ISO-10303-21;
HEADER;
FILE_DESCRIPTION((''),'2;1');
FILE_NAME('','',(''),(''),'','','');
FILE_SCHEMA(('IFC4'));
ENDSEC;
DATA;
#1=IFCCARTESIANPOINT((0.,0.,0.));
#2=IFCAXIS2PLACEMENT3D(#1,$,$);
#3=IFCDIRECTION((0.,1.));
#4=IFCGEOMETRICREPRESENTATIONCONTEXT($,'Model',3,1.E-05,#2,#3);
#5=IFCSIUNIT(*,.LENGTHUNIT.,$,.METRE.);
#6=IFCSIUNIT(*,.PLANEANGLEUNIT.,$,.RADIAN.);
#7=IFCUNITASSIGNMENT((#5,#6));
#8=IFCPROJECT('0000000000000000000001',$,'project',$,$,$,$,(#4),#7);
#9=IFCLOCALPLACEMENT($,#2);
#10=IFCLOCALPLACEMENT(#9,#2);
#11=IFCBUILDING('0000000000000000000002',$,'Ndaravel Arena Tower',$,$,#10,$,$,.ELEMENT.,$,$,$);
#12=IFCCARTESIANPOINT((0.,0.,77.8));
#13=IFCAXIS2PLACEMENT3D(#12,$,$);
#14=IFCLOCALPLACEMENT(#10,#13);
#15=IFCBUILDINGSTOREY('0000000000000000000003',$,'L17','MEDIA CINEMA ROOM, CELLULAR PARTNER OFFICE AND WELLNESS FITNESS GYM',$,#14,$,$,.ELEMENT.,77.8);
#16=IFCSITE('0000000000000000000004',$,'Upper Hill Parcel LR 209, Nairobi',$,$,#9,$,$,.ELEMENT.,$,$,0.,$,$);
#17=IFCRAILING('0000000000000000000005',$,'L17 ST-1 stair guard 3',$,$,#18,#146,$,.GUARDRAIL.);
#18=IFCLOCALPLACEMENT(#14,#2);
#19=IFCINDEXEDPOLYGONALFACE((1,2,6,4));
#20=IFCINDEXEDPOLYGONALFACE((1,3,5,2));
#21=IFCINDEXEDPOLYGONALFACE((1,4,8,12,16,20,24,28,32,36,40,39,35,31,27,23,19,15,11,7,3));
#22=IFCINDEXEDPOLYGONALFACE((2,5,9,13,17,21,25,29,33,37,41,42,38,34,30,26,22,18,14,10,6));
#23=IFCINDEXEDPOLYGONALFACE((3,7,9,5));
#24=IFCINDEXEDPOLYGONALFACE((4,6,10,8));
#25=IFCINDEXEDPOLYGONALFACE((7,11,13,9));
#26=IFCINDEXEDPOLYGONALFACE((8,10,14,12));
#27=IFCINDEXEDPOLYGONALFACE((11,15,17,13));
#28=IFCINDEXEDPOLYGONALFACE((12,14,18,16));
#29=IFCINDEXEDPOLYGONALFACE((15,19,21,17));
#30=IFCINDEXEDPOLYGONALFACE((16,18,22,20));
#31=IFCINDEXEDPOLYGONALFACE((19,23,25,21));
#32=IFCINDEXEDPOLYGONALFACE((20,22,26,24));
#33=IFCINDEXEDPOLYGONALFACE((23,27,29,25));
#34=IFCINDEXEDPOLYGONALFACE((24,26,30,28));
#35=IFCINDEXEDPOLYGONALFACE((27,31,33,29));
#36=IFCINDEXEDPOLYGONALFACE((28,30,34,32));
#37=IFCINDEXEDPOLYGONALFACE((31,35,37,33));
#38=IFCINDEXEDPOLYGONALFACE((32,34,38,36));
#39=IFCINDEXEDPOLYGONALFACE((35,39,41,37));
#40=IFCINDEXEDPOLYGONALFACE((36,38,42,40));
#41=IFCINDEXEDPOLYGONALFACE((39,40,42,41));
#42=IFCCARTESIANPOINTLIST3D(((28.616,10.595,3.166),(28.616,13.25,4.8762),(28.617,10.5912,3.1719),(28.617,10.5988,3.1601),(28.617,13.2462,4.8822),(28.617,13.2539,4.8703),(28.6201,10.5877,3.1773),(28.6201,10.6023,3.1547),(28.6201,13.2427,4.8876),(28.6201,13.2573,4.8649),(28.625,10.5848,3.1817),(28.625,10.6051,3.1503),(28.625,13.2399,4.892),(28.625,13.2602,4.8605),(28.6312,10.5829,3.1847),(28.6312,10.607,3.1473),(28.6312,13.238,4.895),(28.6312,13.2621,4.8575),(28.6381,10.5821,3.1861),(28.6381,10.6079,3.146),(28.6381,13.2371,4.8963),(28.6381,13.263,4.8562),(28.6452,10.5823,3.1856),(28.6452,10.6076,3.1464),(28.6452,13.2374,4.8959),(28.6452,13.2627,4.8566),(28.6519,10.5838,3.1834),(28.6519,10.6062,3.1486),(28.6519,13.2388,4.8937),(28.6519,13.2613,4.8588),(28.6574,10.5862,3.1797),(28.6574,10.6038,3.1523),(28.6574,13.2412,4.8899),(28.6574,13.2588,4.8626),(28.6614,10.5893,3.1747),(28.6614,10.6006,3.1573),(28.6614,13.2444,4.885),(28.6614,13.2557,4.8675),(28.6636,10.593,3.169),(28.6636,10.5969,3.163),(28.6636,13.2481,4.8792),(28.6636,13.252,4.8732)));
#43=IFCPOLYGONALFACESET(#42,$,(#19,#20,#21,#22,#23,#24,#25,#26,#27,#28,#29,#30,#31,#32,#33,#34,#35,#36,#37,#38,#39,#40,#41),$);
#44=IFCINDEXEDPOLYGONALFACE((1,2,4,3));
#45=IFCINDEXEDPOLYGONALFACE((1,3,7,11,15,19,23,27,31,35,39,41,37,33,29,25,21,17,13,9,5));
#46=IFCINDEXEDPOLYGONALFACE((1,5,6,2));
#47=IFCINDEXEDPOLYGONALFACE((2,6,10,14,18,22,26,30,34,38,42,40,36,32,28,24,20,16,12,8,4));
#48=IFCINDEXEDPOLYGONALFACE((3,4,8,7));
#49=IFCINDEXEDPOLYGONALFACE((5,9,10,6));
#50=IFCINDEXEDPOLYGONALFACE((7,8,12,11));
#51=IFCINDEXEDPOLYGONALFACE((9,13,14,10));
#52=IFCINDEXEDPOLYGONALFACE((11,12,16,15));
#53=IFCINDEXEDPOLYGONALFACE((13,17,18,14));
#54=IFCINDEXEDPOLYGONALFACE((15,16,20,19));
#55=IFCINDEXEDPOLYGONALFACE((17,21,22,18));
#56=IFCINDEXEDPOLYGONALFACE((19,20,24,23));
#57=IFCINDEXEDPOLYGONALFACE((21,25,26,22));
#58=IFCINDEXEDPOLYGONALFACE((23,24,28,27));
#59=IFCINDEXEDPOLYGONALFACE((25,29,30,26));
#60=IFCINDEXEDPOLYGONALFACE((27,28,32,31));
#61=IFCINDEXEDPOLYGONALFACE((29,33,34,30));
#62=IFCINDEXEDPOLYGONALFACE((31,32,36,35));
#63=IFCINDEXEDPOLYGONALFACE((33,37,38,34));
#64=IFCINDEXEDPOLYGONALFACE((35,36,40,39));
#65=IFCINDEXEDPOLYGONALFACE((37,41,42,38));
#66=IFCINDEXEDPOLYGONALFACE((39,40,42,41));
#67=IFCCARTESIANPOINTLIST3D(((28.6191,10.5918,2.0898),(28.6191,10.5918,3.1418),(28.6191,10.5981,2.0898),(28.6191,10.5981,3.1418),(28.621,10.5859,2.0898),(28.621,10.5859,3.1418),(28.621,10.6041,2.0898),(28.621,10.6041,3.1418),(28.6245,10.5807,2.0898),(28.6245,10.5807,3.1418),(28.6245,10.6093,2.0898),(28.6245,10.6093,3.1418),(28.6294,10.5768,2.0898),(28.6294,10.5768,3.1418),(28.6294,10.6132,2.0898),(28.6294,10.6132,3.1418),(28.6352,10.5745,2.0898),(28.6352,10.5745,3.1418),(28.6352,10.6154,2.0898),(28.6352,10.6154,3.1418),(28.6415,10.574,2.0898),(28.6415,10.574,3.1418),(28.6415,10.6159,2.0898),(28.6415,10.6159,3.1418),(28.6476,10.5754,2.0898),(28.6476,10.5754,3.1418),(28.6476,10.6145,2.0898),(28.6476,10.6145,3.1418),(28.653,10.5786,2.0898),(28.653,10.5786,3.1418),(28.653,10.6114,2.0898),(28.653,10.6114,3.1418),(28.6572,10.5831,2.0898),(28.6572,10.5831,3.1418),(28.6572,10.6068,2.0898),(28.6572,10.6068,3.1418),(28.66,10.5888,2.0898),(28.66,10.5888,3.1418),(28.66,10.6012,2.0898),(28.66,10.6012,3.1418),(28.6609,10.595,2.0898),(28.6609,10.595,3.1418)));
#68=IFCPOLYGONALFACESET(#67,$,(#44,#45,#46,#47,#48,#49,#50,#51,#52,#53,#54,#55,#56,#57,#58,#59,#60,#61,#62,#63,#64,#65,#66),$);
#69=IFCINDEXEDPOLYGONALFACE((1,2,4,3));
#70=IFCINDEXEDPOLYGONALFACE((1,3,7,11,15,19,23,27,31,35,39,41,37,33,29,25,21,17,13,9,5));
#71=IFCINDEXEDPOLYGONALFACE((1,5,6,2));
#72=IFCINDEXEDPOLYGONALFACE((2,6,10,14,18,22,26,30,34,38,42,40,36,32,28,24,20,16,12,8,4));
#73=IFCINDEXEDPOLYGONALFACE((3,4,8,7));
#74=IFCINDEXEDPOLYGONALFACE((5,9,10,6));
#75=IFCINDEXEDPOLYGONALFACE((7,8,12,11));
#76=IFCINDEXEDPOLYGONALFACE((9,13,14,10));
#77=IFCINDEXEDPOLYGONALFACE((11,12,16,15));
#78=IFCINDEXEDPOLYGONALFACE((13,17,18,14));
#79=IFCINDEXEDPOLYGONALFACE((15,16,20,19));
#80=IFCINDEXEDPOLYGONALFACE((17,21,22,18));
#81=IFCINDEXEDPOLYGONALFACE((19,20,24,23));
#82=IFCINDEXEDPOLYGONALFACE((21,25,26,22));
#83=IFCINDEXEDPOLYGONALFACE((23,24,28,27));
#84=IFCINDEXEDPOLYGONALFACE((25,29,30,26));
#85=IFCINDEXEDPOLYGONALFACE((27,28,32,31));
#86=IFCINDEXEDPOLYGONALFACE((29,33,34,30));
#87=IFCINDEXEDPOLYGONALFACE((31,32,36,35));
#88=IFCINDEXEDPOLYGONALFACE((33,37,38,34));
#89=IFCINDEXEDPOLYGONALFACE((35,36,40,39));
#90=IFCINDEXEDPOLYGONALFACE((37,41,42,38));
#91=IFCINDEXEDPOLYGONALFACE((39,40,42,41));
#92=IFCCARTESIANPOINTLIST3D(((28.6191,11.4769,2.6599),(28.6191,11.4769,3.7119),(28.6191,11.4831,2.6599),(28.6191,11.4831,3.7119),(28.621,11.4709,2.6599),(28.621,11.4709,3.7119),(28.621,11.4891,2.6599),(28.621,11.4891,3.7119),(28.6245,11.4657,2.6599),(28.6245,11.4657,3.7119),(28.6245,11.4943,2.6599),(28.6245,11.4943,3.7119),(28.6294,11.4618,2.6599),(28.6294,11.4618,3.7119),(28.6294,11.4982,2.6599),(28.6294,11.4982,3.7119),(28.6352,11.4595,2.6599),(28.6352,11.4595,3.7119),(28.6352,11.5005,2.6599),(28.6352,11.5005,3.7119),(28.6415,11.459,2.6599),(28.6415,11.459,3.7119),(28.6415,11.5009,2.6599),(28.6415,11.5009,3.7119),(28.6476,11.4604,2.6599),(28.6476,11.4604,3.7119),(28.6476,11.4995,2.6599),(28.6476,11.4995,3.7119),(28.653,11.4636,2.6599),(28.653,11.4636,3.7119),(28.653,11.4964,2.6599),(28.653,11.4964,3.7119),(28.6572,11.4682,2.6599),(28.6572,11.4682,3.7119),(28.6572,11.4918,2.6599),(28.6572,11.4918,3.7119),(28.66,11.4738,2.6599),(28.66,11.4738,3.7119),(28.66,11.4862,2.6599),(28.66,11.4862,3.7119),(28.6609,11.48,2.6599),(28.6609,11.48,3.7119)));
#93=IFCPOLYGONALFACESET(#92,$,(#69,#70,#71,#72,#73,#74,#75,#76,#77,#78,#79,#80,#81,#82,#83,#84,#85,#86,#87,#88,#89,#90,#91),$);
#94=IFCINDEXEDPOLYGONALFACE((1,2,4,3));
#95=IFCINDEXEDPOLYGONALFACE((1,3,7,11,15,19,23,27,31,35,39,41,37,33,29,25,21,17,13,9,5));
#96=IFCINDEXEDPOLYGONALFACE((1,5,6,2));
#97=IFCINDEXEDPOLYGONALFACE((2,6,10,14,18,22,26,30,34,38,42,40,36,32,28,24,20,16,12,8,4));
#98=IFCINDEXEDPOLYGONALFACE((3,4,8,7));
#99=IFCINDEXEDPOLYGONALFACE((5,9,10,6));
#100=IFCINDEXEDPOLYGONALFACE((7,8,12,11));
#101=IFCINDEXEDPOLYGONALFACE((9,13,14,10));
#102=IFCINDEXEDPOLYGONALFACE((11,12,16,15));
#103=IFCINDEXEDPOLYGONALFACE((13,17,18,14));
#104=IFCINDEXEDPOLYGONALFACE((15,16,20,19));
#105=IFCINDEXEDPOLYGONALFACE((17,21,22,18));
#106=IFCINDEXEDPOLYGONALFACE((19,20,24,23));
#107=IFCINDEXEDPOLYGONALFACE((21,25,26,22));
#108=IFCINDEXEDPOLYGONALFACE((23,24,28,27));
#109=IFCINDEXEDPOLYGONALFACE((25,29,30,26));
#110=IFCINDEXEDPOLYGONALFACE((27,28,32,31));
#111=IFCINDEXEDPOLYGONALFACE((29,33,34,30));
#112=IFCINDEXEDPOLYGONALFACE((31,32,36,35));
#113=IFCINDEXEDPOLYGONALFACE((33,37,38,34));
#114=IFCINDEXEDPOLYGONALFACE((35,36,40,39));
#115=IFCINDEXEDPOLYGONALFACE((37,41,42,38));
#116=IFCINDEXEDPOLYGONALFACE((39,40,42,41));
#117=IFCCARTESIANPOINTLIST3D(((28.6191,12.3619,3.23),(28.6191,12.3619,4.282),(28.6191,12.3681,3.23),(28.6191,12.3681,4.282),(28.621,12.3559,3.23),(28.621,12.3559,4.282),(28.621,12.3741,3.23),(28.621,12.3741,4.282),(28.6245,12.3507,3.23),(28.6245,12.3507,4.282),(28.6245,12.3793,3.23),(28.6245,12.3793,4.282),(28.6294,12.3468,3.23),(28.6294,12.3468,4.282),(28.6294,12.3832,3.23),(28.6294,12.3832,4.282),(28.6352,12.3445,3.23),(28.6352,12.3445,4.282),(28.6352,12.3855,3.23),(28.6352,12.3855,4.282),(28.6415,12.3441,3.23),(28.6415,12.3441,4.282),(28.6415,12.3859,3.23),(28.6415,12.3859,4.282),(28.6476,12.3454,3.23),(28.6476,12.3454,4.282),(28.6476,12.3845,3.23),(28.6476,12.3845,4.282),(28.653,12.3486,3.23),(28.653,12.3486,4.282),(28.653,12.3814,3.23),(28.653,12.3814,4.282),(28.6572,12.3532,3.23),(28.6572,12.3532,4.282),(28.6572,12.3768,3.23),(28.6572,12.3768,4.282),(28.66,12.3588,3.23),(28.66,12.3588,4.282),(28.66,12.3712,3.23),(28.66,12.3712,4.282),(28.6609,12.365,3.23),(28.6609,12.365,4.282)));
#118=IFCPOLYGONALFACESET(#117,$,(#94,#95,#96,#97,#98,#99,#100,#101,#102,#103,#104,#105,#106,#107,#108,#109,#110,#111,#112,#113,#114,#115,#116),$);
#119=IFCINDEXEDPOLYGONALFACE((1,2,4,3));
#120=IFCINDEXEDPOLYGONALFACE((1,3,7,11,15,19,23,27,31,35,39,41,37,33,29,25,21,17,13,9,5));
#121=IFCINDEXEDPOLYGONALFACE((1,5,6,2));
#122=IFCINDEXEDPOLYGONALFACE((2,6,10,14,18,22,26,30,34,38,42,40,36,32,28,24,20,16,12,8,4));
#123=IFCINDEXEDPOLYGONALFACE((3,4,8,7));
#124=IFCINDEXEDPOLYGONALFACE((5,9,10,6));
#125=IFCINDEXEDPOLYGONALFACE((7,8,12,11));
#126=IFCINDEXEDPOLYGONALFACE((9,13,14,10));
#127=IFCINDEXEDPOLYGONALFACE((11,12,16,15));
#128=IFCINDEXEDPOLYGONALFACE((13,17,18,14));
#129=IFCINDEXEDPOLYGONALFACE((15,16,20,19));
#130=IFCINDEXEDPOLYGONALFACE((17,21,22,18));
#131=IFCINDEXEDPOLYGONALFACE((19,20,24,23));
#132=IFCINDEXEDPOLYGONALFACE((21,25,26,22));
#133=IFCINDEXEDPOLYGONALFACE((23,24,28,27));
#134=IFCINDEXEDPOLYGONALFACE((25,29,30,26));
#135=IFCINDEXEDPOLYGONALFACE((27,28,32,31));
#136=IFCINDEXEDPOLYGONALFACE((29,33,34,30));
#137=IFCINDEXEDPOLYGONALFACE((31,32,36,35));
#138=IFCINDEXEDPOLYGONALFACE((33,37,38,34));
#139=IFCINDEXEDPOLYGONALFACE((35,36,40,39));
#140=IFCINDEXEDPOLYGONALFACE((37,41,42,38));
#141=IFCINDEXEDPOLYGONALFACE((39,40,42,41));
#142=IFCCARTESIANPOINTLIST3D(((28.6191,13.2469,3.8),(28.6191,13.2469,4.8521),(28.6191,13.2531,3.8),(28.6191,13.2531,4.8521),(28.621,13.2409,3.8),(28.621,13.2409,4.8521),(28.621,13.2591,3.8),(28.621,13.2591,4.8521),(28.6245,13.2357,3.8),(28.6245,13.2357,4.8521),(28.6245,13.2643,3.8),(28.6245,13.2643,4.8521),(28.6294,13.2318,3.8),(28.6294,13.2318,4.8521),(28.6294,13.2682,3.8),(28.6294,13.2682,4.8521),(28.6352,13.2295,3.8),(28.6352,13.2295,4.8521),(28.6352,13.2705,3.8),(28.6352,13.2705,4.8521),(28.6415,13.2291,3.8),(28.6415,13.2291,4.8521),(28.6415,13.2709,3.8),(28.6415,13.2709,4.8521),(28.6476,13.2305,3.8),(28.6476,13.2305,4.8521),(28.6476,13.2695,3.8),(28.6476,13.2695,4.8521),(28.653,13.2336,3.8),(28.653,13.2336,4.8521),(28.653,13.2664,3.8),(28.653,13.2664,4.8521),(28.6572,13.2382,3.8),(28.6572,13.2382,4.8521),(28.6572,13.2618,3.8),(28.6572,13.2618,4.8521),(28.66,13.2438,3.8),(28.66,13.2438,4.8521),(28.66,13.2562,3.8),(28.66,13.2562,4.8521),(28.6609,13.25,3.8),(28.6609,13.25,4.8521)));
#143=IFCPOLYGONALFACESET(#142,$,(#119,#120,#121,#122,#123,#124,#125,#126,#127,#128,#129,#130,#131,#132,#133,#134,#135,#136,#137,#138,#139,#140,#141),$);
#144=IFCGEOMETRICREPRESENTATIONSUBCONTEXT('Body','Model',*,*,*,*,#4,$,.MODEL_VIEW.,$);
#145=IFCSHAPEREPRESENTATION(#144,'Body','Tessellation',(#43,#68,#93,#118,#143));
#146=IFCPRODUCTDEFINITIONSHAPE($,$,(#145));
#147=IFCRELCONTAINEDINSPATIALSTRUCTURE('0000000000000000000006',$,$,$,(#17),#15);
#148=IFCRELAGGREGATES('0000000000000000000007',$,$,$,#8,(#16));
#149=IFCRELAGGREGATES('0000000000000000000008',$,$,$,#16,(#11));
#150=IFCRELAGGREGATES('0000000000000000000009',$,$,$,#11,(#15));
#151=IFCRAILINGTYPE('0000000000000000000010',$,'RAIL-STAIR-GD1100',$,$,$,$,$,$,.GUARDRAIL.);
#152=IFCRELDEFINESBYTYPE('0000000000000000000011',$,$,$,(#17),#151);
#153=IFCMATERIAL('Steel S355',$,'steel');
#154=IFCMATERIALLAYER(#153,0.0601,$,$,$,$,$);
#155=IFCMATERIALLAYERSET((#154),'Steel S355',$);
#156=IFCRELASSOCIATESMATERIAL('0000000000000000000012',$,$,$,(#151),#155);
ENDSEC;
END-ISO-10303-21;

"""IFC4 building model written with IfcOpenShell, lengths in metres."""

from ifc_helpers import new_model, si_unit, direction, frame, origin, origin_2d, place, context, subcontext, project, spatial, circle, extrude, material, layer, layer_set, type_object, element, save


model = new_model("IFC4")

# Units and contexts
model_context = context("Model", 3, precision=1e-05, world=origin(), true_north=direction((0.0, 1.0)))
body_context = subcontext(model_context, "Body", "Model", "MODEL_VIEW")
ifc_project = project(units=[si_unit("LENGTHUNIT", "METRE"), si_unit("PLANEANGLEUNIT", "RADIAN")], contexts=[model_context])

# Site, building, storey
site_placement = place(None, origin())
site = spatial("IfcSite", under=ifc_project, at=site_placement, Name="Upper Hill Parcel LR 209, Nairobi", CompositionType="ELEMENT", RefElevation=0.0)
building_placement = place(site_placement, origin())
building = spatial("IfcBuilding", under=site, at=building_placement, Name="Ndaravel Arena Tower", CompositionType="ELEMENT")
storey_placement = place(building_placement, frame((0.0, 0.0, 77.8)))
storey = spatial("IfcBuildingStorey", under=building, at=storey_placement, Name="L17", Description="MEDIA CINEMA ROOM, CELLULAR PARTNER OFFICE AND WELLNESS FITNESS GYM", CompositionType="ELEMENT", Elevation=77.8)

# Railing
ifc_material_1 = material(Name="Steel S355", Category="steel")
ifc_layer_1 = layer(ifc_material_1, 0.0601)
ifc_layer_set_1 = layer_set([ifc_layer_1], Name="Steel S355")
railing_type_1 = type_object("IfcRailingType", Name="RAIL-STAIR-GD1100", PredefinedType="GUARDRAIL", material=ifc_layer_set_1)
railing_1_placement = place(storey_placement, frame((28.6399, 10.595, 2.0898)))
element("IfcRailing", 1, at=railing_1_placement, inside=storey, type_object=railing_type_1, Name="L17 ST-1 stair guard 3", PredefinedType="GUARDRAIL", context=body_context, shape_type="SweptSolid", body=[
    extrude(circle(Radius=0.0239, at=origin_2d()), frame((0.0, 0.0, 1.0762), z_axis=(0.0, 0.840688, 0.541519), x_axis=(-1.0, 0.0, 0.0)), (0.0, 0.0, 1.0), 3.1582),
    extrude(circle(Radius=0.021, at=origin_2d()), origin(), (0.0, 0.0, 1.0), 1.052),
    extrude(circle(Radius=0.021, at=origin_2d()), frame((0.0, 0.885, 0.5701)), (0.0, 0.0, 1.0), 1.052),
    extrude(circle(Radius=0.021, at=origin_2d()), frame((0.0, 1.77, 1.1401)), (0.0, 0.0, 1.0), 1.052),
    extrude(circle(Radius=0.021, at=origin_2d()), frame((0.0, 2.655, 1.7102)), (0.0, 0.0, 1.0), 1.052),
])

save(model, "model.ifc")
